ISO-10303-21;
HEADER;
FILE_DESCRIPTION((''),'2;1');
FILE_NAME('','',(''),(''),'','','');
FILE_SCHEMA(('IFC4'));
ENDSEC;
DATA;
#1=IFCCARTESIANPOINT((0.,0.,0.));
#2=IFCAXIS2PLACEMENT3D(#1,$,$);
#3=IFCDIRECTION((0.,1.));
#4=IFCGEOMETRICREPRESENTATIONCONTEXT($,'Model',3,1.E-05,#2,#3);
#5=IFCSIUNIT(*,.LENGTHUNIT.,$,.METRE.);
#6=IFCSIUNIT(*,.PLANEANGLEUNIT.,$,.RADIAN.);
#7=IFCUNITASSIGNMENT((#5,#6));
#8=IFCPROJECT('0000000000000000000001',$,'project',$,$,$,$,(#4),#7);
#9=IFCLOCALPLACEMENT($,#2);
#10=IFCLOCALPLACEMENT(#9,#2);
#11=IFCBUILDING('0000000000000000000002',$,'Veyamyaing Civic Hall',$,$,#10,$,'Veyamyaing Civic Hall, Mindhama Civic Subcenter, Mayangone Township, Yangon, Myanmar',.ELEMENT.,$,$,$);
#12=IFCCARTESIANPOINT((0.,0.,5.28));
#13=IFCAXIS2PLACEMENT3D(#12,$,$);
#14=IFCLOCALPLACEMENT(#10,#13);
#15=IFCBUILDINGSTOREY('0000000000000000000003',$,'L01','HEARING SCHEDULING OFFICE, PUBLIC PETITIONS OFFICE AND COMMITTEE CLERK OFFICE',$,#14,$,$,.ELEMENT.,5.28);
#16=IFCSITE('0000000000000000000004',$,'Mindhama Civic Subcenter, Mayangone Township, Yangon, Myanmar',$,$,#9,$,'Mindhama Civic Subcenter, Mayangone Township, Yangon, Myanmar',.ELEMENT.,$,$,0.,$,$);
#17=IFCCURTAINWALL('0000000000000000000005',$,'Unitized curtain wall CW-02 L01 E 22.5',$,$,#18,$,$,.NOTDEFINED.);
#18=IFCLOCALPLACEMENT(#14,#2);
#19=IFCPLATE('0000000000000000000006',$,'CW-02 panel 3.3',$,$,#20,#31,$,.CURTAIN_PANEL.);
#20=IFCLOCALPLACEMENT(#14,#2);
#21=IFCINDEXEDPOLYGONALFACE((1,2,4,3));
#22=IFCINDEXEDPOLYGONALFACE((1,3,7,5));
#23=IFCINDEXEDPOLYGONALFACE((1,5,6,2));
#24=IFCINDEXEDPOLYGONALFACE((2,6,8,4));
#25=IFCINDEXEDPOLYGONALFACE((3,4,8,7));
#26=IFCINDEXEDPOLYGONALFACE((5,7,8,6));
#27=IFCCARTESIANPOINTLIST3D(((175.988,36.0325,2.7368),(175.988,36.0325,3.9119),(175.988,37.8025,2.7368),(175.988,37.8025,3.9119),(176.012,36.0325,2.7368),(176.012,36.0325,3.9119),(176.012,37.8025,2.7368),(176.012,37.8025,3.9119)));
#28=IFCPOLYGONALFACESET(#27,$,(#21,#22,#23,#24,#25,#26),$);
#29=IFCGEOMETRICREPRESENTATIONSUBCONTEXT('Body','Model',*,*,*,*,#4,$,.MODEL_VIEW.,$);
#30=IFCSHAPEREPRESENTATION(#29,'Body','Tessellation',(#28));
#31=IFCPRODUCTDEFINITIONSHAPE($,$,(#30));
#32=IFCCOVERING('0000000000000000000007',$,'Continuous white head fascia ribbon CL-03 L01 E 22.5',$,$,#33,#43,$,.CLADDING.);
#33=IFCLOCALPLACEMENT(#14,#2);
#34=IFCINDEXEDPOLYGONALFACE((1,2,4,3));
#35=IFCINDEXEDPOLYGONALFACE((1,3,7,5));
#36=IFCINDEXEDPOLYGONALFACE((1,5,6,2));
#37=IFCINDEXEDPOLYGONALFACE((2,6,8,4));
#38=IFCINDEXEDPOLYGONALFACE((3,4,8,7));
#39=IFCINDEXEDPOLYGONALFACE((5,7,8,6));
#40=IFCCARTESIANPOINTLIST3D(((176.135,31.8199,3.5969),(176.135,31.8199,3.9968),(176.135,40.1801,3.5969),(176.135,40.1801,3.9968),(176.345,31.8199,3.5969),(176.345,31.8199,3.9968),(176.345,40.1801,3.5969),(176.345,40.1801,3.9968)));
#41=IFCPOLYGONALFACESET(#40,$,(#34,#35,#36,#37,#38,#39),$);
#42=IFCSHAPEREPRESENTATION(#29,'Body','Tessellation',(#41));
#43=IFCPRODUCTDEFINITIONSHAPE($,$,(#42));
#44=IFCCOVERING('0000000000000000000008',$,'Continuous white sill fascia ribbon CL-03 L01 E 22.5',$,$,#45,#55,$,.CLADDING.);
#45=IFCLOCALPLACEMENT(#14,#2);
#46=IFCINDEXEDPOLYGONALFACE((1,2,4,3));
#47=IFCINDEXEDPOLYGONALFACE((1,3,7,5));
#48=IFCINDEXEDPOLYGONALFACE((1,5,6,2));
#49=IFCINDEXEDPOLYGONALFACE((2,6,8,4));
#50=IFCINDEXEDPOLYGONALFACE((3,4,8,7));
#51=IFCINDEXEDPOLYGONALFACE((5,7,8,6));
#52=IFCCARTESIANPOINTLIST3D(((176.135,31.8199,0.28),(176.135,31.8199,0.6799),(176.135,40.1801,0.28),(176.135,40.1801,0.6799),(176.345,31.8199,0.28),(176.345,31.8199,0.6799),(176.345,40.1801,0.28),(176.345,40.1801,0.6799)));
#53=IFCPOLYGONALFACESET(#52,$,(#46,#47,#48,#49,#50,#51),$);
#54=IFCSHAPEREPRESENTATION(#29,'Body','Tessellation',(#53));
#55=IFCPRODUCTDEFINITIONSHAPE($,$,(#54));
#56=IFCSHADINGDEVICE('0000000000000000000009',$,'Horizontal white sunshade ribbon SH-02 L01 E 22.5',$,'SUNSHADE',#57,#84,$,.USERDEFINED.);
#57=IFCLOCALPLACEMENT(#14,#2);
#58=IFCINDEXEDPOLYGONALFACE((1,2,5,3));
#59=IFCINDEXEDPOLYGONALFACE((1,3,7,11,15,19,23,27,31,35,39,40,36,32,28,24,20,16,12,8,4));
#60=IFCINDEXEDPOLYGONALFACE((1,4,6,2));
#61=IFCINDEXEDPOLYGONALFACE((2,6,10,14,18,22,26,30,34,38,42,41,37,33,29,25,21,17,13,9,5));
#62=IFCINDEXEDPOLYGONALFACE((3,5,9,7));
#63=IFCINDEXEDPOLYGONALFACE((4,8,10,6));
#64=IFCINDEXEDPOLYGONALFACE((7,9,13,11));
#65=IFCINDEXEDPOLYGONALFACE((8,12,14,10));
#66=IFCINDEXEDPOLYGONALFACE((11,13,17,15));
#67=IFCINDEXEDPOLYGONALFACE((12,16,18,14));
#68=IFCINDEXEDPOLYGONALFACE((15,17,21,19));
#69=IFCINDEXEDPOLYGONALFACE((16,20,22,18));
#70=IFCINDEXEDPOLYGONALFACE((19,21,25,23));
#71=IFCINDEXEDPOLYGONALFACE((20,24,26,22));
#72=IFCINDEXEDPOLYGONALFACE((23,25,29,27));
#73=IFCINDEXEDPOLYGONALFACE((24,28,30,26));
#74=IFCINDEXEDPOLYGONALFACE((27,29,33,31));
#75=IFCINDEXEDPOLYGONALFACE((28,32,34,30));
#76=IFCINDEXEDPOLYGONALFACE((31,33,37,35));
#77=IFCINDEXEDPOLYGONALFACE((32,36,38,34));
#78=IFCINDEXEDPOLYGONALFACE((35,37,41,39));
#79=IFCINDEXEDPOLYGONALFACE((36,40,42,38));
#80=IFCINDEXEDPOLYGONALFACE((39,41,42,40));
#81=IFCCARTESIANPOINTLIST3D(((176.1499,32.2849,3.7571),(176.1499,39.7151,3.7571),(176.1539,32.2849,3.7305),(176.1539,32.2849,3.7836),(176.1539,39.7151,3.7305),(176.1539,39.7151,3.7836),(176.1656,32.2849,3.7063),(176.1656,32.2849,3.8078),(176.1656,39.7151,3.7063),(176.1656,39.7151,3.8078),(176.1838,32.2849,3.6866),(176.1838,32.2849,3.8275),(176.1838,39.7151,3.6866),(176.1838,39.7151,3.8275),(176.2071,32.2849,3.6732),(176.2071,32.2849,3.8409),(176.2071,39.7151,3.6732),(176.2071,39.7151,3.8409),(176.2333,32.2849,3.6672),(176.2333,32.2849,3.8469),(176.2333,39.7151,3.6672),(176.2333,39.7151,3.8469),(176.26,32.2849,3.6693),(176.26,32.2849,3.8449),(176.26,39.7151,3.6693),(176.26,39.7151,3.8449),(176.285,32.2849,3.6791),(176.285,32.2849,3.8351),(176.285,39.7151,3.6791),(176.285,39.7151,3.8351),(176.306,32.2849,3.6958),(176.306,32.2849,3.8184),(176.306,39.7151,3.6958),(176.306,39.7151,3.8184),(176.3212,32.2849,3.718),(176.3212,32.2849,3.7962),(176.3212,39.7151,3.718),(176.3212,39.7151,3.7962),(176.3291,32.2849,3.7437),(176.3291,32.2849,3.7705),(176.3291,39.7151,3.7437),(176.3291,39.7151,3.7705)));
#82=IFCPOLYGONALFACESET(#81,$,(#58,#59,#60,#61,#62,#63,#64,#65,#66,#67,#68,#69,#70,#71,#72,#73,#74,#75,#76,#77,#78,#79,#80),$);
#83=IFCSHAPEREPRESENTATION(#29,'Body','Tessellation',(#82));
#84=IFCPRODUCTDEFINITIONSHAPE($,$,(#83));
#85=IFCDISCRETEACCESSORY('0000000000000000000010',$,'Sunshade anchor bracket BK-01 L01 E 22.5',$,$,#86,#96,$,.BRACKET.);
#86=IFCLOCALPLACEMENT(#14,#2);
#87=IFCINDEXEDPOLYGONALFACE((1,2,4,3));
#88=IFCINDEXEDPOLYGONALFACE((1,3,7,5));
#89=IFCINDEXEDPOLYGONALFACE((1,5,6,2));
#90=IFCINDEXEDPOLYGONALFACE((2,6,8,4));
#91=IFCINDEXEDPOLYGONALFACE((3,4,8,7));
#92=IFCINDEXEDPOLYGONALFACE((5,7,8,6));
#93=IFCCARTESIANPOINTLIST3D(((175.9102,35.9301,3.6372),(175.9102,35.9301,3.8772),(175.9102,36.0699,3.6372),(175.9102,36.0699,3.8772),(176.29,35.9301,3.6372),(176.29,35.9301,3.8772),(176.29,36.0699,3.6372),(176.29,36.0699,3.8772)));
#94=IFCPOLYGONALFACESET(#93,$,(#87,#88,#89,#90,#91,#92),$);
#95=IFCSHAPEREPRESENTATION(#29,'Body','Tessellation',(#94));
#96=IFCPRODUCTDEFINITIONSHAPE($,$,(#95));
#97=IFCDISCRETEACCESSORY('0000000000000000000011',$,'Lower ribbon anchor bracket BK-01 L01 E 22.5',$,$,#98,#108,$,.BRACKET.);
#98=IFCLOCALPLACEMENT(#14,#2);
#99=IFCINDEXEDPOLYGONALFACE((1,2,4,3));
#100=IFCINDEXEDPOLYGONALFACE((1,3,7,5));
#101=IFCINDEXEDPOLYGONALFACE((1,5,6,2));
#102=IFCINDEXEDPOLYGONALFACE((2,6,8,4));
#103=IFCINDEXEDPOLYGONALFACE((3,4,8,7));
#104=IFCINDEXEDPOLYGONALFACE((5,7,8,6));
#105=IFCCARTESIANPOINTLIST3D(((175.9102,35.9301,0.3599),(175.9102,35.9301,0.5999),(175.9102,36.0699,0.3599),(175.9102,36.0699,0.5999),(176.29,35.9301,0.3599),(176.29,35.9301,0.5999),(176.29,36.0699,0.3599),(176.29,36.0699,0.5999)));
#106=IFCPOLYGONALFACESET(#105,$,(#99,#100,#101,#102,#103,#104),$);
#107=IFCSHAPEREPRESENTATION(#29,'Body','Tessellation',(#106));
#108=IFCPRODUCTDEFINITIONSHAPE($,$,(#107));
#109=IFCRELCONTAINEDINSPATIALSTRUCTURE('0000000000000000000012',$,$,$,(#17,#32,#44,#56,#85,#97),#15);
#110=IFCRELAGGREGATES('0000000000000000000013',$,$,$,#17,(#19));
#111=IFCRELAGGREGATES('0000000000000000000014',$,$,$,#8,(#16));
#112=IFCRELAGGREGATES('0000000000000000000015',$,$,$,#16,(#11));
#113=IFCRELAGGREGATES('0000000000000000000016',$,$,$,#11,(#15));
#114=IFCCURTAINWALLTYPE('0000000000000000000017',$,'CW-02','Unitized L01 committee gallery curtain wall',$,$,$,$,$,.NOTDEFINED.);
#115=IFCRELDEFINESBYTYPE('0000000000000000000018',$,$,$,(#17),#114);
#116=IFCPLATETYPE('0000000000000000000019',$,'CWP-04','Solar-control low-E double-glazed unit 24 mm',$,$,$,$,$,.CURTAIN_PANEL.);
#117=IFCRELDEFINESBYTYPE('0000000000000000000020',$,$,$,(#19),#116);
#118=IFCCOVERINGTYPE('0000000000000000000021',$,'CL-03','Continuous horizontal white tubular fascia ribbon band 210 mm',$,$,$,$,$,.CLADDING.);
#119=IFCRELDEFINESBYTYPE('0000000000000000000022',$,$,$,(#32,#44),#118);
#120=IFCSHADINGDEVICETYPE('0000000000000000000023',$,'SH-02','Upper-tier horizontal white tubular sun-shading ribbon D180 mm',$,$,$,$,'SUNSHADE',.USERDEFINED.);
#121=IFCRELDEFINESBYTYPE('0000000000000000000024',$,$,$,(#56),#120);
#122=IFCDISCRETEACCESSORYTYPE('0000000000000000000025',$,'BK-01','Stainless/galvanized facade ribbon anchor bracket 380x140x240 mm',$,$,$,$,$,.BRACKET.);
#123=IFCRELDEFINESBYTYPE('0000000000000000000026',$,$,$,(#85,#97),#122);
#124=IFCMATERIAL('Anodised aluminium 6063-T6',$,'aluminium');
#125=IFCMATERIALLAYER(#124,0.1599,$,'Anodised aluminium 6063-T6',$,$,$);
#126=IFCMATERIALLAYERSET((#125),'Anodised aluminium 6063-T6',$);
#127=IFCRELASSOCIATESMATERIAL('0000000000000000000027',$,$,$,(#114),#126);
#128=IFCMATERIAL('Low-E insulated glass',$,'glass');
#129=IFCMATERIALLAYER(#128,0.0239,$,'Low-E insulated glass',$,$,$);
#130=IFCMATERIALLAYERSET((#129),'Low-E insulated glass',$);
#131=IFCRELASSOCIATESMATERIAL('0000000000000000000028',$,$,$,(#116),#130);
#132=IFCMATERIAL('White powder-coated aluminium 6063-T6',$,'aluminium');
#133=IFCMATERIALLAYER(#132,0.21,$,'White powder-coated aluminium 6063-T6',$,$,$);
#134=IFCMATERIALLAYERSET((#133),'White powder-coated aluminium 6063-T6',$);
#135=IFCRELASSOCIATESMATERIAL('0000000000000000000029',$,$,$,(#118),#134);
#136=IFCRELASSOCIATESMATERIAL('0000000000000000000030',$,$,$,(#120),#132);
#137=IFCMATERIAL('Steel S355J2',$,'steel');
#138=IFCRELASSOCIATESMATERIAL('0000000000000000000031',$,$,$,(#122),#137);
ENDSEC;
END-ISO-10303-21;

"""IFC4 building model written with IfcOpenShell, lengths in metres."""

from ifc_helpers import new_model, si_unit, direction, frame, origin, origin_2d, place, context, subcontext, project, spatial, rectangle, circle, extrude, material, layer, layer_set, material_profile, profile_set, type_object, element, aggregate, save


model = new_model("IFC4")

# Units and contexts
model_context = context("Model", 3, precision=1e-05, world=origin(), true_north=direction((0.0, 1.0)))
body_context = subcontext(model_context, "Body", "Model", "MODEL_VIEW")
ifc_project = project(units=[si_unit("LENGTHUNIT", "METRE"), si_unit("PLANEANGLEUNIT", "RADIAN")], contexts=[model_context])

# Site, building, storey
site_placement = place(None, origin())
site = spatial("IfcSite", under=ifc_project, at=site_placement, Name="Mindhama Civic Subcenter, Mayangone Township, Yangon, Myanmar", LongName="Mindhama Civic Subcenter, Mayangone Township, Yangon, Myanmar", CompositionType="ELEMENT", RefElevation=0.0)
building_placement = place(site_placement, origin())
building = spatial("IfcBuilding", under=site, at=building_placement, Name="Veyamyaing Civic Hall", LongName="Veyamyaing Civic Hall, Mindhama Civic Subcenter, Mayangone Township, Yangon, Myanmar", CompositionType="ELEMENT")
storey_placement = place(building_placement, frame((0.0, 0.0, 5.28)))
storey = spatial("IfcBuildingStorey", under=building, at=storey_placement, Name="L01", Description="HEARING SCHEDULING OFFICE, PUBLIC PETITIONS OFFICE AND COMMITTEE CLERK OFFICE", CompositionType="ELEMENT", Elevation=5.28)

# Curtain wall, plate
ifc_material_1 = material(Name="Anodised aluminium 6063-T6", Category="aluminium")
ifc_layer_1 = layer(ifc_material_1, 0.1599, Name="Anodised aluminium 6063-T6")
ifc_layer_set_1 = layer_set([ifc_layer_1], Name="Anodised aluminium 6063-T6")
curtain_wall_type = type_object("IfcCurtainWallType", Name="CW-02", Description="Unitized L01 committee gallery curtain wall", PredefinedType="NOTDEFINED", material=ifc_layer_set_1)
curtain_wall_placement = place(storey_placement, origin())
curtain_wall = element("IfcCurtainWall", 1, at=curtain_wall_placement, inside=storey, type_object=curtain_wall_type, Name="Unitized curtain wall CW-02 L01 E 22.5", PredefinedType="NOTDEFINED")
ifc_material_2 = material(Name="Low-E insulated glass", Category="glass")
ifc_layer_2 = layer(ifc_material_2, 0.0239, Name="Low-E insulated glass")
ifc_layer_set_2 = layer_set([ifc_layer_2], Name="Low-E insulated glass")
plate_type = type_object("IfcPlateType", Name="CWP-04", Description="Solar-control low-E double-glazed unit 24 mm", PredefinedType="CURTAIN_PANEL", material=ifc_layer_set_2)
plate_1_placement = place(storey_placement, frame((176.0, 36.9175, 2.7368), z_axis=(0.0, 0.0, 1.0), x_axis=(0.0, 1.0, 0.0)))
plate_1 = element("IfcPlate", 2, at=plate_1_placement, type_object=plate_type, Name="CW-02 panel 3.3", PredefinedType="CURTAIN_PANEL", context=body_context, shape_type="SweptSolid", body=[
    extrude(rectangle(XDim=1.77, YDim=0.0239, at=origin_2d()), origin(), (0.0, 0.0, 1.0), 1.175),
])
aggregate(curtain_wall, [plate_1])

# Coverings
ifc_material_3 = material(Name="White powder-coated aluminium 6063-T6", Category="aluminium")
ifc_layer_3 = layer(ifc_material_3, 0.21, Name="White powder-coated aluminium 6063-T6")
ifc_layer_set_3 = layer_set([ifc_layer_3], Name="White powder-coated aluminium 6063-T6")
covering_type = type_object("IfcCoveringType", Name="CL-03", Description="Continuous horizontal white tubular fascia ribbon band 210 mm", PredefinedType="CLADDING", material=ifc_layer_set_3)
for number, where, z_axis, x_axis, name in (
    (3, (176.24, 36.0, 3.5969), (0.0, 0.0, 1.0), (0.0, 1.0, 0.0), "Continuous white head fascia ribbon CL-03 L01 E 22.5"),
    (4, (176.24, 36.0, 0.28), (0.0, 0.0, 1.0), (0.0, 1.0, 0.0), "Continuous white sill fascia ribbon CL-03 L01 E 22.5"),
):
    element("IfcCovering", number, at=place(storey_placement, frame(where, z_axis=z_axis, x_axis=x_axis)), inside=storey, type_object=covering_type, Name=name, PredefinedType="CLADDING", context=body_context, shape_type="SweptSolid", body=[
        extrude(rectangle(XDim=8.3601, YDim=0.21, at=origin_2d()), origin(), (0.0, 0.0, 1.0), 0.3999),
    ])

# Shading device
ifc_material_profile_1 = material_profile(ifc_material_3, circle(Radius=0.0901, at=origin_2d()), Name="SHADE-TUBE-180")
ifc_profile_set_1 = profile_set([ifc_material_profile_1], Name="White powder-coated aluminium 6063-T6")
shading_device_type = type_object("IfcShadingDeviceType", Name="SH-02", Description="Upper-tier horizontal white tubular sun-shading ribbon D180 mm", ElementType="SUNSHADE", PredefinedType="USERDEFINED", material=ifc_profile_set_1)
shading_device_placement = place(storey_placement, frame((176.24, 32.2849, 3.7571), z_axis=(0.0, 1.0, 0.0), x_axis=(-1.0, 0.0, 0.0)))
element("IfcShadingDevice", 5, at=shading_device_placement, inside=storey, type_object=shading_device_type, Name="Horizontal white sunshade ribbon SH-02 L01 E 22.5", ObjectType="SUNSHADE", PredefinedType="USERDEFINED", context=body_context, shape_type="SweptSolid", body=[
    extrude(circle(Radius=0.0901, at=origin_2d()), origin(), (0.0, 0.0, 1.0), 7.4302),
])

# Discrete accessories
ifc_material_4 = material(Name="Steel S355J2", Category="steel")
discrete_accessory_type = type_object("IfcDiscreteAccessoryType", Name="BK-01", Description="Stainless/galvanized facade ribbon anchor bracket 380x140x240 mm", PredefinedType="BRACKET", material=ifc_material_4)
for number, where, z_axis, x_axis, name in (
    (6, (176.1001, 36.0, 3.6372), (0.0, 0.0, 1.0), (1.0, 0.0, 0.0), "Sunshade anchor bracket BK-01 L01 E 22.5"),
    (7, (176.1001, 36.0, 0.3599), (0.0, 0.0, 1.0), (1.0, 0.0, 0.0), "Lower ribbon anchor bracket BK-01 L01 E 22.5"),
):
    element("IfcDiscreteAccessory", number, at=place(storey_placement, frame(where, z_axis=z_axis, x_axis=x_axis)), inside=storey, type_object=discrete_accessory_type, Name=name, PredefinedType="BRACKET", context=body_context, shape_type="SweptSolid", body=[
        extrude(rectangle(XDim=0.3799, YDim=0.1399, at=origin_2d()), origin(), (0.0, 0.0, 1.0), 0.24),
    ])

save(model, "model.ifc")
